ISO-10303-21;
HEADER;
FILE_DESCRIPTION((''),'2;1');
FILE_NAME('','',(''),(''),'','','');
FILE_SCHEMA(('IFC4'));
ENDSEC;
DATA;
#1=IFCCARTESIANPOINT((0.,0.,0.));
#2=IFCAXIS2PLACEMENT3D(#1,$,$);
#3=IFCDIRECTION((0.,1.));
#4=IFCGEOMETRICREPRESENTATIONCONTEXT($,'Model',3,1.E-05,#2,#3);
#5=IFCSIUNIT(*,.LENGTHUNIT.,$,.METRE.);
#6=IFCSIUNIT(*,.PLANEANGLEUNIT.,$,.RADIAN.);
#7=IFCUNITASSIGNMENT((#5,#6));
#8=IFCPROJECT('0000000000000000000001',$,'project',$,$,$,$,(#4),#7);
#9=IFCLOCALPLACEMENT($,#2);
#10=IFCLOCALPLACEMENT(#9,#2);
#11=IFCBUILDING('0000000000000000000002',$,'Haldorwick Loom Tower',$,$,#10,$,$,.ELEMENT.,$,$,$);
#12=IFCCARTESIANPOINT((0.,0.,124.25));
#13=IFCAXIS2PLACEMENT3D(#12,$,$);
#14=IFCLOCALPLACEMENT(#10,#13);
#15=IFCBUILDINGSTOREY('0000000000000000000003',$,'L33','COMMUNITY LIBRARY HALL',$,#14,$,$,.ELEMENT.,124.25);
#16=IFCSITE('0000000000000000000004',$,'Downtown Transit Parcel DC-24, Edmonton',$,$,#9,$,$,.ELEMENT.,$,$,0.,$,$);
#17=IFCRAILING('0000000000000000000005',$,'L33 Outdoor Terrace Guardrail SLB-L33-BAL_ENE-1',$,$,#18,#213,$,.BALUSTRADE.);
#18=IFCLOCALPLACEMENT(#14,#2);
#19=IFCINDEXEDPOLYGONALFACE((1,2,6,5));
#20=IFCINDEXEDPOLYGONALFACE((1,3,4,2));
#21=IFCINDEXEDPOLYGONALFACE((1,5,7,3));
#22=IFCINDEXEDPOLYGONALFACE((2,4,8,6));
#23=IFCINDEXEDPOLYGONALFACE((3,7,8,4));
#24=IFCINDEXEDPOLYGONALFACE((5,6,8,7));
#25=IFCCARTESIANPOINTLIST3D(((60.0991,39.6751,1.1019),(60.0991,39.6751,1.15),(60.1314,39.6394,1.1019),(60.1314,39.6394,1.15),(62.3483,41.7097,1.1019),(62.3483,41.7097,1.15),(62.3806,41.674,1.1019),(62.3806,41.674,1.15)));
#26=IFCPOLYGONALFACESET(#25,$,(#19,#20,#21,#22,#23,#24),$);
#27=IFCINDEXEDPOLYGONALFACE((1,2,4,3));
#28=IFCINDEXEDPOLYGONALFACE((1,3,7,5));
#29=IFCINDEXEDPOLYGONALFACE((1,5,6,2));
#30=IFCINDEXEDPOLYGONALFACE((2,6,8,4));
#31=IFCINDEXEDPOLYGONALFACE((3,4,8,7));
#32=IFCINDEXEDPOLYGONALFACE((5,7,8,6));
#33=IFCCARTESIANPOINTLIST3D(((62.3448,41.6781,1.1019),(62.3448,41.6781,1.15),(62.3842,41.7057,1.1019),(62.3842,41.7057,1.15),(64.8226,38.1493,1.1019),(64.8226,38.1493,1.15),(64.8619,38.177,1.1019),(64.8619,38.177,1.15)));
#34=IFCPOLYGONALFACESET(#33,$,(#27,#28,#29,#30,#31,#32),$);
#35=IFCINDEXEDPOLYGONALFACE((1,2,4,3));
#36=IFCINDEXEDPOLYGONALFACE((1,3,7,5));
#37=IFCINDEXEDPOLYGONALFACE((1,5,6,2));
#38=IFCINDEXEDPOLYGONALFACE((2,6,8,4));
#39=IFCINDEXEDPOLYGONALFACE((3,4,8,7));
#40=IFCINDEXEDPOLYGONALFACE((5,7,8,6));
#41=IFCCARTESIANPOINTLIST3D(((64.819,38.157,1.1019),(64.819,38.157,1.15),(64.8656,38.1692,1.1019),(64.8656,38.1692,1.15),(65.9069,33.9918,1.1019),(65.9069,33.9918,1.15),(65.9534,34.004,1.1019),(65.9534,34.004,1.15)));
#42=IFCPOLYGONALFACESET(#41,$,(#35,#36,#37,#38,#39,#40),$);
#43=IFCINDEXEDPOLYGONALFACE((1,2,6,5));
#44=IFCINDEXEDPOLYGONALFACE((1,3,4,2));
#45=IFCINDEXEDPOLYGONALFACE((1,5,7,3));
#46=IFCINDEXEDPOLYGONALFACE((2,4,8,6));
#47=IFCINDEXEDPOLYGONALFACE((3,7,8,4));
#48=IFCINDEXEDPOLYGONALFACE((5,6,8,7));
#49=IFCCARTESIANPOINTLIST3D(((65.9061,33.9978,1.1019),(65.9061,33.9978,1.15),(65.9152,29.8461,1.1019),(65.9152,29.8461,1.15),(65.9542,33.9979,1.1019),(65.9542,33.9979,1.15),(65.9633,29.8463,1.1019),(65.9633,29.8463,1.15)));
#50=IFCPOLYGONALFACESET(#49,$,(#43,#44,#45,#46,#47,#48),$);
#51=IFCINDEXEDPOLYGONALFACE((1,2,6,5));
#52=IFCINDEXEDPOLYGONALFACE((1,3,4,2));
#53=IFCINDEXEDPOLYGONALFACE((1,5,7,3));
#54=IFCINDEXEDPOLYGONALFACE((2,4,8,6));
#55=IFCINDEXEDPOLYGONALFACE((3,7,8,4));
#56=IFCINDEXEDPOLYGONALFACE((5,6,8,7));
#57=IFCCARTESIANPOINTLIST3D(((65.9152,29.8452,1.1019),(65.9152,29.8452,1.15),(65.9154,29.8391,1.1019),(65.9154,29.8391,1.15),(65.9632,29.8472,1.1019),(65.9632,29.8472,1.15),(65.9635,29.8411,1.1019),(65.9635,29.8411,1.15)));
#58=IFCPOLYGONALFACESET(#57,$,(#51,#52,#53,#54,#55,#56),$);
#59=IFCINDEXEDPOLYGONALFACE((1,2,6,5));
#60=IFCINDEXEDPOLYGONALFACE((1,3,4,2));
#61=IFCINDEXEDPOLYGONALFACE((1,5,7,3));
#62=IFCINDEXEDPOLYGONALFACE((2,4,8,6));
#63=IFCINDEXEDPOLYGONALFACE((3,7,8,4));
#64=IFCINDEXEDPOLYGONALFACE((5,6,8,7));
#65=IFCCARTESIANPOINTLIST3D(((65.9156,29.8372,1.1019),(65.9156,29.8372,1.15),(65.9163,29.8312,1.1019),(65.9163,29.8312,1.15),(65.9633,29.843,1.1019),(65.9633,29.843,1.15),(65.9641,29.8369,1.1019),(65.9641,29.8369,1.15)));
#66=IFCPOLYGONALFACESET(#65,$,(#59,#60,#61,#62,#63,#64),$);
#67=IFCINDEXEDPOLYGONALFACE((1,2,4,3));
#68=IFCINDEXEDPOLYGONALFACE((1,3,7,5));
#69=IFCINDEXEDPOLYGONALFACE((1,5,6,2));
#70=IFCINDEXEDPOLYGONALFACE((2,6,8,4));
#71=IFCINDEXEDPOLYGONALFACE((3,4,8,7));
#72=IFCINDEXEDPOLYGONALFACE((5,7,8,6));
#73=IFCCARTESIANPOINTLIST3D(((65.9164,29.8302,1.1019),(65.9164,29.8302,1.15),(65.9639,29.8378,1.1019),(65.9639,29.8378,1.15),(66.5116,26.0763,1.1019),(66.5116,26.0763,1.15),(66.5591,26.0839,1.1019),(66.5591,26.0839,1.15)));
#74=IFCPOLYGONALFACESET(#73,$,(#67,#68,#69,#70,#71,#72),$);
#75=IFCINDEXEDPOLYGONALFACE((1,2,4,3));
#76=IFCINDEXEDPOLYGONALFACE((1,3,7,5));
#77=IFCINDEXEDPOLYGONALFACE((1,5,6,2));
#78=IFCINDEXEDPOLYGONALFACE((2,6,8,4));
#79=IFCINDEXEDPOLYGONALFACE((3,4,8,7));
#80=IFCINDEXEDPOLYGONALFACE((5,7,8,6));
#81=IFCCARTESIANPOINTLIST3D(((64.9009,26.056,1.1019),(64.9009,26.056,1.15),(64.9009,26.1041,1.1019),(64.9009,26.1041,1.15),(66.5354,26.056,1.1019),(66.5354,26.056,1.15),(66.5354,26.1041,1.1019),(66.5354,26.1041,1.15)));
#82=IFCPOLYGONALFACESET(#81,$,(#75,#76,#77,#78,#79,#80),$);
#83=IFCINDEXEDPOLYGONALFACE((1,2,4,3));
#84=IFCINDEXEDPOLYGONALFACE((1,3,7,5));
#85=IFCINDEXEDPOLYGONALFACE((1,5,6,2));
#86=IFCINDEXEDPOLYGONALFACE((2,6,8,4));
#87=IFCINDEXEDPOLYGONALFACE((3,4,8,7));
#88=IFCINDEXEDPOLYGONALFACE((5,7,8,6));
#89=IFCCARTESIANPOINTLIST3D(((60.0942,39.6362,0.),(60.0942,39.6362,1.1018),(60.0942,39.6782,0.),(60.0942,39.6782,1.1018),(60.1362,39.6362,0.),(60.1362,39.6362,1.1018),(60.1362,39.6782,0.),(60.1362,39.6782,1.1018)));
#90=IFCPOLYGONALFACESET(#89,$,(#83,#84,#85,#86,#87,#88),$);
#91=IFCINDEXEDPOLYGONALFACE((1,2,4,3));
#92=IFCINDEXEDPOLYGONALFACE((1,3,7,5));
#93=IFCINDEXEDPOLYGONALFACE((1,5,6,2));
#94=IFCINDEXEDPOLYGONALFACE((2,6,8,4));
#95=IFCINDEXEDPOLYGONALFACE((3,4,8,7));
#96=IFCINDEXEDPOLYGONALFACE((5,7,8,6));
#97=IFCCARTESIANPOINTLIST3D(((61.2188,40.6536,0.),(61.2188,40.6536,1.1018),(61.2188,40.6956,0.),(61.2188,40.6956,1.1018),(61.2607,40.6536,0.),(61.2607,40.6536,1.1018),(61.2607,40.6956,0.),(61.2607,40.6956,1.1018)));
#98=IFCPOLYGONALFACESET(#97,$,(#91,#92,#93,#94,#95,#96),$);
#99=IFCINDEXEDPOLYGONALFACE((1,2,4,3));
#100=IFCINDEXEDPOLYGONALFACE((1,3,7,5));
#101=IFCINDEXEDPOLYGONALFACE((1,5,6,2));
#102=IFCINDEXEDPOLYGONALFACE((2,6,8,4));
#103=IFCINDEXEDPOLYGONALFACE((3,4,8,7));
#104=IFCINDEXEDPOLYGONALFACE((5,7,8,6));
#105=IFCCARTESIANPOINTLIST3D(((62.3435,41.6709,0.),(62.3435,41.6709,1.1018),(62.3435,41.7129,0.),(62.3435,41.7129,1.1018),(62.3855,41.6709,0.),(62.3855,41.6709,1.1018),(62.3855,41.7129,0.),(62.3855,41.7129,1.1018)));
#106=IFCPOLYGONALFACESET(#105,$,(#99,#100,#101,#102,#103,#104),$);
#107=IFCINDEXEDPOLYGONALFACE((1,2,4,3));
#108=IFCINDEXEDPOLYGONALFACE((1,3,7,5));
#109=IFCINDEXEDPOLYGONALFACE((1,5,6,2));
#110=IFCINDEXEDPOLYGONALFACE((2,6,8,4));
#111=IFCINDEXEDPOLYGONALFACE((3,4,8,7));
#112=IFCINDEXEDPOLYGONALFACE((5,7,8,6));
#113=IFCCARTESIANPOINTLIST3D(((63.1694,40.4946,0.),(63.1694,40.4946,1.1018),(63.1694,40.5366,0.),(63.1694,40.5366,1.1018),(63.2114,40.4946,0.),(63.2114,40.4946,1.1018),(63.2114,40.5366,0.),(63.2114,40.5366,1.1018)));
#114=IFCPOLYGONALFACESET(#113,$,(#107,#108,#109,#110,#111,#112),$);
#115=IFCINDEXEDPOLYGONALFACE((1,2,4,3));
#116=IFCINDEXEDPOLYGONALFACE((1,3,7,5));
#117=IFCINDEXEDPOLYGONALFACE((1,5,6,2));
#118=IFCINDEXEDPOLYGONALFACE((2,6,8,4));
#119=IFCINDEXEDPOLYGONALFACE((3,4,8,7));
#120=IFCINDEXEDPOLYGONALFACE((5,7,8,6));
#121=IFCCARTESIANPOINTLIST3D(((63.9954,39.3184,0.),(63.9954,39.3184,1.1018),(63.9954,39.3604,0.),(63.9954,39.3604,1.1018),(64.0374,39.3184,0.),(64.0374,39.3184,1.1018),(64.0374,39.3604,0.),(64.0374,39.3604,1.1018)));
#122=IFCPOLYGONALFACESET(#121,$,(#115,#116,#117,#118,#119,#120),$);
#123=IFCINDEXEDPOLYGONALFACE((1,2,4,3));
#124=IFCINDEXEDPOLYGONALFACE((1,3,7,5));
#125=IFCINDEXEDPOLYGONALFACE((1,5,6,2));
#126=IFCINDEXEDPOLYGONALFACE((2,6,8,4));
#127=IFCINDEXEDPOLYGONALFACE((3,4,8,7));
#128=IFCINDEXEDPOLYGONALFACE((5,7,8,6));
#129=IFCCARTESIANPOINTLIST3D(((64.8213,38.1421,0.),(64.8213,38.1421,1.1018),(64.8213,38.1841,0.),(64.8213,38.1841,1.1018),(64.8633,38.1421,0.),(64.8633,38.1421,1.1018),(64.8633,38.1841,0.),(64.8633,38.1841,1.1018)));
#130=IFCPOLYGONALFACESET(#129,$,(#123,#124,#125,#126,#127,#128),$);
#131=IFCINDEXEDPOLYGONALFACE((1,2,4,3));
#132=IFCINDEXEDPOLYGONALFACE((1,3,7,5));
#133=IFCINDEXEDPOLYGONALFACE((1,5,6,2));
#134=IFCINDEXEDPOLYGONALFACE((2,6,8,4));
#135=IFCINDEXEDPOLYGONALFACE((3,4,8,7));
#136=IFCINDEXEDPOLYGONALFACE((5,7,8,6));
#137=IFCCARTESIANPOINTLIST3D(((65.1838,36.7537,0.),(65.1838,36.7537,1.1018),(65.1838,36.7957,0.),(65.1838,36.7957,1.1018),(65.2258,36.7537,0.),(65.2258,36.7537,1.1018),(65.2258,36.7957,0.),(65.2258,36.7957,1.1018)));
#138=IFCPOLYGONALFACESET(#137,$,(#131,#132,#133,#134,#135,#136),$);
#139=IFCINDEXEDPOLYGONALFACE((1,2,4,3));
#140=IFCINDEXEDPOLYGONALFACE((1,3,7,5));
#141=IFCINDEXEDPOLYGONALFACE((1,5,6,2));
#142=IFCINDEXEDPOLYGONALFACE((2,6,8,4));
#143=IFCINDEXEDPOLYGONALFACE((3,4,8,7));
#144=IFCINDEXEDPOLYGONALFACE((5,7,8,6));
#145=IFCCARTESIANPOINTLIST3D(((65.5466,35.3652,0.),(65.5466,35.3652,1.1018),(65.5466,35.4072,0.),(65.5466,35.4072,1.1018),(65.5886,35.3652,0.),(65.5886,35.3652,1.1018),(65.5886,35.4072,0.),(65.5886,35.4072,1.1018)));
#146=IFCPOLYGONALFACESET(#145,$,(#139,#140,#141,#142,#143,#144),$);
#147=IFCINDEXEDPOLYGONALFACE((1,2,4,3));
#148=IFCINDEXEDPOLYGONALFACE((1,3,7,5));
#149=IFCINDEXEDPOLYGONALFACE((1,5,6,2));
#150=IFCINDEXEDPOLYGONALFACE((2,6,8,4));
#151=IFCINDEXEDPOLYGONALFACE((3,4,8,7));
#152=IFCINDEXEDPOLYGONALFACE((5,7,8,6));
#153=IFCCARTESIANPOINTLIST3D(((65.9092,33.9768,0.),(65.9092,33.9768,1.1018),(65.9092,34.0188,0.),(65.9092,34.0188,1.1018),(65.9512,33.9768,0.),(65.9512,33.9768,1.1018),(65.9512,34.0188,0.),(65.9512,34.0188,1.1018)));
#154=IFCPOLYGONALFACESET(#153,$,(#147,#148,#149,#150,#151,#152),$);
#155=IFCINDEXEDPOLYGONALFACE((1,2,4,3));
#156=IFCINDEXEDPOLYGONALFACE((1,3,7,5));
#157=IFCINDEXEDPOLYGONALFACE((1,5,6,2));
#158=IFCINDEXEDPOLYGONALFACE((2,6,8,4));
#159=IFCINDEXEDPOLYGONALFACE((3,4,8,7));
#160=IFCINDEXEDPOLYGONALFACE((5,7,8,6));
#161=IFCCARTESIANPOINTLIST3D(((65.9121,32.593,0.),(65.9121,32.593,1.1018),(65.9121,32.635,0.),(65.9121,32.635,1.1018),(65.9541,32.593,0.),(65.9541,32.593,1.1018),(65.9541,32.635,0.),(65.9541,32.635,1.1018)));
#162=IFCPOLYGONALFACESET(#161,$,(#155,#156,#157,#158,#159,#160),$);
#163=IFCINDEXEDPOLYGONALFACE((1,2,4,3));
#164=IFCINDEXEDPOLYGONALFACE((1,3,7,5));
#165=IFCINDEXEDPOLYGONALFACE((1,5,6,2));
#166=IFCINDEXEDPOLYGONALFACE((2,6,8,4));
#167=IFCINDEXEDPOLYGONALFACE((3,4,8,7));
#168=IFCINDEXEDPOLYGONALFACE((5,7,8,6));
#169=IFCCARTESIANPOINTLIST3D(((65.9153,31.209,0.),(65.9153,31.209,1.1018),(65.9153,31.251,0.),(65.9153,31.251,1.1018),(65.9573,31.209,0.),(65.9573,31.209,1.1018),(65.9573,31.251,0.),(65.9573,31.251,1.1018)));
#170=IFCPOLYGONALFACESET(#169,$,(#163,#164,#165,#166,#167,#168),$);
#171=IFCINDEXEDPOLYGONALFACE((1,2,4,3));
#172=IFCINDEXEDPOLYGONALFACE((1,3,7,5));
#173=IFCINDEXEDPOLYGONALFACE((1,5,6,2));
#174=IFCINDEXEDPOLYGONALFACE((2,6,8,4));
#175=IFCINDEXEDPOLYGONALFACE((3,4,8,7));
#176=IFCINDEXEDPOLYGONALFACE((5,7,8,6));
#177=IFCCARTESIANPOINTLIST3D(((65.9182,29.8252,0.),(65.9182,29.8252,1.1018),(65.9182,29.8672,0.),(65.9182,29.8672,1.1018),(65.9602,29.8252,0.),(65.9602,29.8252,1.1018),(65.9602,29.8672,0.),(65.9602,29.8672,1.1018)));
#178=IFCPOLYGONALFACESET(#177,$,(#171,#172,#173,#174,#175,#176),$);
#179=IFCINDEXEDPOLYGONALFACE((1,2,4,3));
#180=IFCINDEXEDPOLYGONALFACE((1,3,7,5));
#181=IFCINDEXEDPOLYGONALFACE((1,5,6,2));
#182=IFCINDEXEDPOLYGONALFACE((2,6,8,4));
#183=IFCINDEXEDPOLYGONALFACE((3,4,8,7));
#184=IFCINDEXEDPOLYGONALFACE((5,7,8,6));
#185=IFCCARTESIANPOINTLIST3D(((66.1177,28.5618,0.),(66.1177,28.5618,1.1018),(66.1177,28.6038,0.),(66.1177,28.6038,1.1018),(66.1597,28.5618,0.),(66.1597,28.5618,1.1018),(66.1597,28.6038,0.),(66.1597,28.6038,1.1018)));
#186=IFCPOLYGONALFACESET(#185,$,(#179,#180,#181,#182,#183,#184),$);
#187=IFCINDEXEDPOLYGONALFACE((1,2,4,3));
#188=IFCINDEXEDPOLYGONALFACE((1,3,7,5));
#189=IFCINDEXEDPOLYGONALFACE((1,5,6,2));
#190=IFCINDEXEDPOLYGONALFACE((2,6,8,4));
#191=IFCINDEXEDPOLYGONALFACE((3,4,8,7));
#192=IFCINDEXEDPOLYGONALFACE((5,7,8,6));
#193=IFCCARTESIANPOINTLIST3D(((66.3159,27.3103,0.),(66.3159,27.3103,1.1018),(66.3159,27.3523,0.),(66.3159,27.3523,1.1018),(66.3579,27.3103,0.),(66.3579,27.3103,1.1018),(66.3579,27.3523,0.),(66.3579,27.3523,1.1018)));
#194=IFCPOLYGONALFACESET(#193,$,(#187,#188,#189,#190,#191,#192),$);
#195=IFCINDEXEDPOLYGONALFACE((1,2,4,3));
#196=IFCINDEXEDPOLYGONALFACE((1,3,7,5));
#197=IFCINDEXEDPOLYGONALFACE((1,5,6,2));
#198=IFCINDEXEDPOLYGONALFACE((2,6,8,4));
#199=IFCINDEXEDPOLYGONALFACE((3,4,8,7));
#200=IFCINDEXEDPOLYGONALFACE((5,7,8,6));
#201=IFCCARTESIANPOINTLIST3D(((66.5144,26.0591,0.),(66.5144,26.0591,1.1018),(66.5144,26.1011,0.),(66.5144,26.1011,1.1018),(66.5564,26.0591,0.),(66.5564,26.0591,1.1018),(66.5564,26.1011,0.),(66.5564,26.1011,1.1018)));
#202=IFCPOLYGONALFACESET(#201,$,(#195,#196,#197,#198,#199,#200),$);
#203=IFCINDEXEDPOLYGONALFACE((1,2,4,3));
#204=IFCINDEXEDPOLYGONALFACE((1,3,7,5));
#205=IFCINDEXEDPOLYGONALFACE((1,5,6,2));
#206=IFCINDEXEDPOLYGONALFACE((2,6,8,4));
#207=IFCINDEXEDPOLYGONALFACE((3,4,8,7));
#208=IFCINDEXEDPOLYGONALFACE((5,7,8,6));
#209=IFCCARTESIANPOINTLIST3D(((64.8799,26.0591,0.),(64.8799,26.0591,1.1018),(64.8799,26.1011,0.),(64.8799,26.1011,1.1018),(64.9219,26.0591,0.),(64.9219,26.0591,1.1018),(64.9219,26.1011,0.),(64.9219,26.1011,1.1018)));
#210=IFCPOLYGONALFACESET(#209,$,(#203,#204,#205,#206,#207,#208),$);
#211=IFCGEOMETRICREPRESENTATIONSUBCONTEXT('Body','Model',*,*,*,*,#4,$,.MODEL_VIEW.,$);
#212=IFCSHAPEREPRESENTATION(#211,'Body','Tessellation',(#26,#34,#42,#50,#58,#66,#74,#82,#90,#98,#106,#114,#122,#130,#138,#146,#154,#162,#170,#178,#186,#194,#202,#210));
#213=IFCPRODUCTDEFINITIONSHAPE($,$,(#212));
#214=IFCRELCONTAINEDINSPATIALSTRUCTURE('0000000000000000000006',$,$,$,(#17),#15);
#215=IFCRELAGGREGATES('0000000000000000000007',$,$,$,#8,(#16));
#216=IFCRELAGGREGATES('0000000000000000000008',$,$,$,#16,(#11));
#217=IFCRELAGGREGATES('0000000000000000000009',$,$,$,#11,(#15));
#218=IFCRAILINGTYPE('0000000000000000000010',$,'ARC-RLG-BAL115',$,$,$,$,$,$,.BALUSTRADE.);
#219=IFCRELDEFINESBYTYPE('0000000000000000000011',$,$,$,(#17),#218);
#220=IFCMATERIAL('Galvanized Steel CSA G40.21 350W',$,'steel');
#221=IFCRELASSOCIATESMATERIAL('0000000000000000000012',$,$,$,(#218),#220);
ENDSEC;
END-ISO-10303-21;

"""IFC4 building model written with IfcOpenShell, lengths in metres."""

from ifc_helpers import new_model, si_unit, direction, frame, origin, origin_2d, place, context, subcontext, project, spatial, rectangle, extrude, material, type_object, element, save


model = new_model("IFC4")

# Units and contexts
model_context = context("Model", 3, precision=1e-05, world=origin(), true_north=direction((0.0, 1.0)))
body_context = subcontext(model_context, "Body", "Model", "MODEL_VIEW")
ifc_project = project(units=[si_unit("LENGTHUNIT", "METRE"), si_unit("PLANEANGLEUNIT", "RADIAN")], contexts=[model_context])

# Site, building, storey
site_placement = place(None, origin())
site = spatial("IfcSite", under=ifc_project, at=site_placement, Name="Downtown Transit Parcel DC-24, Edmonton", CompositionType="ELEMENT", RefElevation=0.0)
building_placement = place(site_placement, origin())
building = spatial("IfcBuilding", under=site, at=building_placement, Name="Haldorwick Loom Tower", CompositionType="ELEMENT")
storey_placement = place(building_placement, frame((0.0, 0.0, 124.25)))
storey = spatial("IfcBuildingStorey", under=building, at=storey_placement, Name="L33", Description="COMMUNITY LIBRARY HALL", CompositionType="ELEMENT", Elevation=124.25)

# Railing
ifc_material_1 = material(Name="Galvanized Steel CSA G40.21 350W", Category="steel")
railing_type_1 = type_object("IfcRailingType", Name="ARC-RLG-BAL115", PredefinedType="BALUSTRADE", material=ifc_material_1)
railing_1_placement = place(storey_placement, frame((60.1152, 39.6572, 0.0)))
element("IfcRailing", 1, at=railing_1_placement, inside=storey, type_object=railing_type_1, Name="L33 Outdoor Terrace Guardrail SLB-L33-BAL_ENE-1", PredefinedType="BALUSTRADE", context=body_context, shape_type="SweptSolid", body=[
    extrude(rectangle(XDim=0.0481, YDim=0.0481, at=origin_2d()), frame((0.0, 0.0, 1.126), z_axis=(0.741599, 0.670844, 0.0), x_axis=(-0.670844, 0.741599, 0.0)), (0.0, 0.0, 1.0), 3.033),
    extrude(rectangle(XDim=0.0481, YDim=0.0481, at=origin_2d()), frame((2.2493, 2.0347, 1.126), z_axis=(0.574647, -0.818401, 0.0), x_axis=(0.818401, 0.574647, 0.0)), (0.0, 0.0, 1.0), 4.3118),
    extrude(rectangle(XDim=0.0481, YDim=0.0481, at=origin_2d()), frame((4.7271, -1.4941, 1.126), z_axis=(0.252704, -0.967544, 0.0), x_axis=(0.967544, 0.252704, 0.0)), (0.0, 0.0, 1.0), 4.3049),
    extrude(rectangle(XDim=0.0481, YDim=0.0481, at=origin_2d()), frame((5.8149, -5.6594, 1.126), z_axis=(0.002176, -0.999998, 0.0), x_axis=(0.999998, 0.002176, 0.0)), (0.0, 0.0, 1.0), 4.1516),
    extrude(rectangle(XDim=0.0481, YDim=0.0481, at=origin_2d()), frame((5.824, -9.811, 1.126), z_axis=(0.039968, -0.999201, 0.0), x_axis=(0.999201, 0.039968, 0.0)), (0.0, 0.0, 1.0), 0.0061),
    extrude(rectangle(XDim=0.0481, YDim=0.0481, at=origin_2d()), frame((5.8242, -9.8171, 1.126), z_axis=(0.119145, -0.992877, 0.0), x_axis=(0.992877, 0.119145, 0.0)), (0.0, 0.0, 1.0), 0.0061),
    extrude(rectangle(XDim=0.0481, YDim=0.0481, at=origin_2d()), frame((5.825, -9.8232, 1.126), z_axis=(0.156602, -0.987662, 0.0), x_axis=(0.987662, 0.156602, 0.0)), (0.0, 0.0, 1.0), 3.8008),
    extrude(rectangle(XDim=0.0481, YDim=0.0481, at=origin_2d()), frame((6.4202, -13.5771, 1.126), z_axis=(-1.0, 0.0, 0.0), x_axis=(0.0, -1.0, 0.0)), (0.0, 0.0, 1.0), 1.6345),
    extrude(rectangle(XDim=0.042, YDim=0.042, at=origin_2d()), origin(), (0.0, 0.0, 1.0), 1.1018),
    extrude(rectangle(XDim=0.042, YDim=0.042, at=origin_2d()), frame((1.1245, 1.0173, 0.0)), (0.0, 0.0, 1.0), 1.1018),
    extrude(rectangle(XDim=0.042, YDim=0.042, at=origin_2d()), frame((2.2493, 2.0347, 0.0)), (0.0, 0.0, 1.0), 1.1018),
    extrude(rectangle(XDim=0.042, YDim=0.042, at=origin_2d()), frame((3.0752, 0.8584, 0.0)), (0.0, 0.0, 1.0), 1.1018),
    extrude(rectangle(XDim=0.042, YDim=0.042, at=origin_2d()), frame((3.9011, -0.3179, 0.0)), (0.0, 0.0, 1.0), 1.1018),
    extrude(rectangle(XDim=0.042, YDim=0.042, at=origin_2d()), frame((4.7271, -1.4941, 0.0)), (0.0, 0.0, 1.0), 1.1018),
    extrude(rectangle(XDim=0.042, YDim=0.042, at=origin_2d()), frame((5.0896, -2.8826, 0.0)), (0.0, 0.0, 1.0), 1.1018),
    extrude(rectangle(XDim=0.042, YDim=0.042, at=origin_2d()), frame((5.4524, -4.271, 0.0)), (0.0, 0.0, 1.0), 1.1018),
    extrude(rectangle(XDim=0.042, YDim=0.042, at=origin_2d()), frame((5.8149, -5.6594, 0.0)), (0.0, 0.0, 1.0), 1.1018),
    extrude(rectangle(XDim=0.042, YDim=0.042, at=origin_2d()), frame((5.8179, -7.0432, 0.0)), (0.0, 0.0, 1.0), 1.1018),
    extrude(rectangle(XDim=0.042, YDim=0.042, at=origin_2d()), frame((5.821, -8.4272, 0.0)), (0.0, 0.0, 1.0), 1.1018),
    extrude(rectangle(XDim=0.042, YDim=0.042, at=origin_2d()), frame((5.824, -9.811, 0.0)), (0.0, 0.0, 1.0), 1.1018),
    extrude(rectangle(XDim=0.042, YDim=0.042, at=origin_2d()), frame((6.0234, -11.0745, 0.0)), (0.0, 0.0, 1.0), 1.1018),
    extrude(rectangle(XDim=0.042, YDim=0.042, at=origin_2d()), frame((6.2217, -12.3259, 0.0)), (0.0, 0.0, 1.0), 1.1018),
    extrude(rectangle(XDim=0.042, YDim=0.042, at=origin_2d()), frame((6.4202, -13.5771, 0.0)), (0.0, 0.0, 1.0), 1.1018),
    extrude(rectangle(XDim=0.042, YDim=0.042, at=origin_2d()), frame((4.7856, -13.5771, 0.0)), (0.0, 0.0, 1.0), 1.1018),
])

save(model, "model.ifc")
